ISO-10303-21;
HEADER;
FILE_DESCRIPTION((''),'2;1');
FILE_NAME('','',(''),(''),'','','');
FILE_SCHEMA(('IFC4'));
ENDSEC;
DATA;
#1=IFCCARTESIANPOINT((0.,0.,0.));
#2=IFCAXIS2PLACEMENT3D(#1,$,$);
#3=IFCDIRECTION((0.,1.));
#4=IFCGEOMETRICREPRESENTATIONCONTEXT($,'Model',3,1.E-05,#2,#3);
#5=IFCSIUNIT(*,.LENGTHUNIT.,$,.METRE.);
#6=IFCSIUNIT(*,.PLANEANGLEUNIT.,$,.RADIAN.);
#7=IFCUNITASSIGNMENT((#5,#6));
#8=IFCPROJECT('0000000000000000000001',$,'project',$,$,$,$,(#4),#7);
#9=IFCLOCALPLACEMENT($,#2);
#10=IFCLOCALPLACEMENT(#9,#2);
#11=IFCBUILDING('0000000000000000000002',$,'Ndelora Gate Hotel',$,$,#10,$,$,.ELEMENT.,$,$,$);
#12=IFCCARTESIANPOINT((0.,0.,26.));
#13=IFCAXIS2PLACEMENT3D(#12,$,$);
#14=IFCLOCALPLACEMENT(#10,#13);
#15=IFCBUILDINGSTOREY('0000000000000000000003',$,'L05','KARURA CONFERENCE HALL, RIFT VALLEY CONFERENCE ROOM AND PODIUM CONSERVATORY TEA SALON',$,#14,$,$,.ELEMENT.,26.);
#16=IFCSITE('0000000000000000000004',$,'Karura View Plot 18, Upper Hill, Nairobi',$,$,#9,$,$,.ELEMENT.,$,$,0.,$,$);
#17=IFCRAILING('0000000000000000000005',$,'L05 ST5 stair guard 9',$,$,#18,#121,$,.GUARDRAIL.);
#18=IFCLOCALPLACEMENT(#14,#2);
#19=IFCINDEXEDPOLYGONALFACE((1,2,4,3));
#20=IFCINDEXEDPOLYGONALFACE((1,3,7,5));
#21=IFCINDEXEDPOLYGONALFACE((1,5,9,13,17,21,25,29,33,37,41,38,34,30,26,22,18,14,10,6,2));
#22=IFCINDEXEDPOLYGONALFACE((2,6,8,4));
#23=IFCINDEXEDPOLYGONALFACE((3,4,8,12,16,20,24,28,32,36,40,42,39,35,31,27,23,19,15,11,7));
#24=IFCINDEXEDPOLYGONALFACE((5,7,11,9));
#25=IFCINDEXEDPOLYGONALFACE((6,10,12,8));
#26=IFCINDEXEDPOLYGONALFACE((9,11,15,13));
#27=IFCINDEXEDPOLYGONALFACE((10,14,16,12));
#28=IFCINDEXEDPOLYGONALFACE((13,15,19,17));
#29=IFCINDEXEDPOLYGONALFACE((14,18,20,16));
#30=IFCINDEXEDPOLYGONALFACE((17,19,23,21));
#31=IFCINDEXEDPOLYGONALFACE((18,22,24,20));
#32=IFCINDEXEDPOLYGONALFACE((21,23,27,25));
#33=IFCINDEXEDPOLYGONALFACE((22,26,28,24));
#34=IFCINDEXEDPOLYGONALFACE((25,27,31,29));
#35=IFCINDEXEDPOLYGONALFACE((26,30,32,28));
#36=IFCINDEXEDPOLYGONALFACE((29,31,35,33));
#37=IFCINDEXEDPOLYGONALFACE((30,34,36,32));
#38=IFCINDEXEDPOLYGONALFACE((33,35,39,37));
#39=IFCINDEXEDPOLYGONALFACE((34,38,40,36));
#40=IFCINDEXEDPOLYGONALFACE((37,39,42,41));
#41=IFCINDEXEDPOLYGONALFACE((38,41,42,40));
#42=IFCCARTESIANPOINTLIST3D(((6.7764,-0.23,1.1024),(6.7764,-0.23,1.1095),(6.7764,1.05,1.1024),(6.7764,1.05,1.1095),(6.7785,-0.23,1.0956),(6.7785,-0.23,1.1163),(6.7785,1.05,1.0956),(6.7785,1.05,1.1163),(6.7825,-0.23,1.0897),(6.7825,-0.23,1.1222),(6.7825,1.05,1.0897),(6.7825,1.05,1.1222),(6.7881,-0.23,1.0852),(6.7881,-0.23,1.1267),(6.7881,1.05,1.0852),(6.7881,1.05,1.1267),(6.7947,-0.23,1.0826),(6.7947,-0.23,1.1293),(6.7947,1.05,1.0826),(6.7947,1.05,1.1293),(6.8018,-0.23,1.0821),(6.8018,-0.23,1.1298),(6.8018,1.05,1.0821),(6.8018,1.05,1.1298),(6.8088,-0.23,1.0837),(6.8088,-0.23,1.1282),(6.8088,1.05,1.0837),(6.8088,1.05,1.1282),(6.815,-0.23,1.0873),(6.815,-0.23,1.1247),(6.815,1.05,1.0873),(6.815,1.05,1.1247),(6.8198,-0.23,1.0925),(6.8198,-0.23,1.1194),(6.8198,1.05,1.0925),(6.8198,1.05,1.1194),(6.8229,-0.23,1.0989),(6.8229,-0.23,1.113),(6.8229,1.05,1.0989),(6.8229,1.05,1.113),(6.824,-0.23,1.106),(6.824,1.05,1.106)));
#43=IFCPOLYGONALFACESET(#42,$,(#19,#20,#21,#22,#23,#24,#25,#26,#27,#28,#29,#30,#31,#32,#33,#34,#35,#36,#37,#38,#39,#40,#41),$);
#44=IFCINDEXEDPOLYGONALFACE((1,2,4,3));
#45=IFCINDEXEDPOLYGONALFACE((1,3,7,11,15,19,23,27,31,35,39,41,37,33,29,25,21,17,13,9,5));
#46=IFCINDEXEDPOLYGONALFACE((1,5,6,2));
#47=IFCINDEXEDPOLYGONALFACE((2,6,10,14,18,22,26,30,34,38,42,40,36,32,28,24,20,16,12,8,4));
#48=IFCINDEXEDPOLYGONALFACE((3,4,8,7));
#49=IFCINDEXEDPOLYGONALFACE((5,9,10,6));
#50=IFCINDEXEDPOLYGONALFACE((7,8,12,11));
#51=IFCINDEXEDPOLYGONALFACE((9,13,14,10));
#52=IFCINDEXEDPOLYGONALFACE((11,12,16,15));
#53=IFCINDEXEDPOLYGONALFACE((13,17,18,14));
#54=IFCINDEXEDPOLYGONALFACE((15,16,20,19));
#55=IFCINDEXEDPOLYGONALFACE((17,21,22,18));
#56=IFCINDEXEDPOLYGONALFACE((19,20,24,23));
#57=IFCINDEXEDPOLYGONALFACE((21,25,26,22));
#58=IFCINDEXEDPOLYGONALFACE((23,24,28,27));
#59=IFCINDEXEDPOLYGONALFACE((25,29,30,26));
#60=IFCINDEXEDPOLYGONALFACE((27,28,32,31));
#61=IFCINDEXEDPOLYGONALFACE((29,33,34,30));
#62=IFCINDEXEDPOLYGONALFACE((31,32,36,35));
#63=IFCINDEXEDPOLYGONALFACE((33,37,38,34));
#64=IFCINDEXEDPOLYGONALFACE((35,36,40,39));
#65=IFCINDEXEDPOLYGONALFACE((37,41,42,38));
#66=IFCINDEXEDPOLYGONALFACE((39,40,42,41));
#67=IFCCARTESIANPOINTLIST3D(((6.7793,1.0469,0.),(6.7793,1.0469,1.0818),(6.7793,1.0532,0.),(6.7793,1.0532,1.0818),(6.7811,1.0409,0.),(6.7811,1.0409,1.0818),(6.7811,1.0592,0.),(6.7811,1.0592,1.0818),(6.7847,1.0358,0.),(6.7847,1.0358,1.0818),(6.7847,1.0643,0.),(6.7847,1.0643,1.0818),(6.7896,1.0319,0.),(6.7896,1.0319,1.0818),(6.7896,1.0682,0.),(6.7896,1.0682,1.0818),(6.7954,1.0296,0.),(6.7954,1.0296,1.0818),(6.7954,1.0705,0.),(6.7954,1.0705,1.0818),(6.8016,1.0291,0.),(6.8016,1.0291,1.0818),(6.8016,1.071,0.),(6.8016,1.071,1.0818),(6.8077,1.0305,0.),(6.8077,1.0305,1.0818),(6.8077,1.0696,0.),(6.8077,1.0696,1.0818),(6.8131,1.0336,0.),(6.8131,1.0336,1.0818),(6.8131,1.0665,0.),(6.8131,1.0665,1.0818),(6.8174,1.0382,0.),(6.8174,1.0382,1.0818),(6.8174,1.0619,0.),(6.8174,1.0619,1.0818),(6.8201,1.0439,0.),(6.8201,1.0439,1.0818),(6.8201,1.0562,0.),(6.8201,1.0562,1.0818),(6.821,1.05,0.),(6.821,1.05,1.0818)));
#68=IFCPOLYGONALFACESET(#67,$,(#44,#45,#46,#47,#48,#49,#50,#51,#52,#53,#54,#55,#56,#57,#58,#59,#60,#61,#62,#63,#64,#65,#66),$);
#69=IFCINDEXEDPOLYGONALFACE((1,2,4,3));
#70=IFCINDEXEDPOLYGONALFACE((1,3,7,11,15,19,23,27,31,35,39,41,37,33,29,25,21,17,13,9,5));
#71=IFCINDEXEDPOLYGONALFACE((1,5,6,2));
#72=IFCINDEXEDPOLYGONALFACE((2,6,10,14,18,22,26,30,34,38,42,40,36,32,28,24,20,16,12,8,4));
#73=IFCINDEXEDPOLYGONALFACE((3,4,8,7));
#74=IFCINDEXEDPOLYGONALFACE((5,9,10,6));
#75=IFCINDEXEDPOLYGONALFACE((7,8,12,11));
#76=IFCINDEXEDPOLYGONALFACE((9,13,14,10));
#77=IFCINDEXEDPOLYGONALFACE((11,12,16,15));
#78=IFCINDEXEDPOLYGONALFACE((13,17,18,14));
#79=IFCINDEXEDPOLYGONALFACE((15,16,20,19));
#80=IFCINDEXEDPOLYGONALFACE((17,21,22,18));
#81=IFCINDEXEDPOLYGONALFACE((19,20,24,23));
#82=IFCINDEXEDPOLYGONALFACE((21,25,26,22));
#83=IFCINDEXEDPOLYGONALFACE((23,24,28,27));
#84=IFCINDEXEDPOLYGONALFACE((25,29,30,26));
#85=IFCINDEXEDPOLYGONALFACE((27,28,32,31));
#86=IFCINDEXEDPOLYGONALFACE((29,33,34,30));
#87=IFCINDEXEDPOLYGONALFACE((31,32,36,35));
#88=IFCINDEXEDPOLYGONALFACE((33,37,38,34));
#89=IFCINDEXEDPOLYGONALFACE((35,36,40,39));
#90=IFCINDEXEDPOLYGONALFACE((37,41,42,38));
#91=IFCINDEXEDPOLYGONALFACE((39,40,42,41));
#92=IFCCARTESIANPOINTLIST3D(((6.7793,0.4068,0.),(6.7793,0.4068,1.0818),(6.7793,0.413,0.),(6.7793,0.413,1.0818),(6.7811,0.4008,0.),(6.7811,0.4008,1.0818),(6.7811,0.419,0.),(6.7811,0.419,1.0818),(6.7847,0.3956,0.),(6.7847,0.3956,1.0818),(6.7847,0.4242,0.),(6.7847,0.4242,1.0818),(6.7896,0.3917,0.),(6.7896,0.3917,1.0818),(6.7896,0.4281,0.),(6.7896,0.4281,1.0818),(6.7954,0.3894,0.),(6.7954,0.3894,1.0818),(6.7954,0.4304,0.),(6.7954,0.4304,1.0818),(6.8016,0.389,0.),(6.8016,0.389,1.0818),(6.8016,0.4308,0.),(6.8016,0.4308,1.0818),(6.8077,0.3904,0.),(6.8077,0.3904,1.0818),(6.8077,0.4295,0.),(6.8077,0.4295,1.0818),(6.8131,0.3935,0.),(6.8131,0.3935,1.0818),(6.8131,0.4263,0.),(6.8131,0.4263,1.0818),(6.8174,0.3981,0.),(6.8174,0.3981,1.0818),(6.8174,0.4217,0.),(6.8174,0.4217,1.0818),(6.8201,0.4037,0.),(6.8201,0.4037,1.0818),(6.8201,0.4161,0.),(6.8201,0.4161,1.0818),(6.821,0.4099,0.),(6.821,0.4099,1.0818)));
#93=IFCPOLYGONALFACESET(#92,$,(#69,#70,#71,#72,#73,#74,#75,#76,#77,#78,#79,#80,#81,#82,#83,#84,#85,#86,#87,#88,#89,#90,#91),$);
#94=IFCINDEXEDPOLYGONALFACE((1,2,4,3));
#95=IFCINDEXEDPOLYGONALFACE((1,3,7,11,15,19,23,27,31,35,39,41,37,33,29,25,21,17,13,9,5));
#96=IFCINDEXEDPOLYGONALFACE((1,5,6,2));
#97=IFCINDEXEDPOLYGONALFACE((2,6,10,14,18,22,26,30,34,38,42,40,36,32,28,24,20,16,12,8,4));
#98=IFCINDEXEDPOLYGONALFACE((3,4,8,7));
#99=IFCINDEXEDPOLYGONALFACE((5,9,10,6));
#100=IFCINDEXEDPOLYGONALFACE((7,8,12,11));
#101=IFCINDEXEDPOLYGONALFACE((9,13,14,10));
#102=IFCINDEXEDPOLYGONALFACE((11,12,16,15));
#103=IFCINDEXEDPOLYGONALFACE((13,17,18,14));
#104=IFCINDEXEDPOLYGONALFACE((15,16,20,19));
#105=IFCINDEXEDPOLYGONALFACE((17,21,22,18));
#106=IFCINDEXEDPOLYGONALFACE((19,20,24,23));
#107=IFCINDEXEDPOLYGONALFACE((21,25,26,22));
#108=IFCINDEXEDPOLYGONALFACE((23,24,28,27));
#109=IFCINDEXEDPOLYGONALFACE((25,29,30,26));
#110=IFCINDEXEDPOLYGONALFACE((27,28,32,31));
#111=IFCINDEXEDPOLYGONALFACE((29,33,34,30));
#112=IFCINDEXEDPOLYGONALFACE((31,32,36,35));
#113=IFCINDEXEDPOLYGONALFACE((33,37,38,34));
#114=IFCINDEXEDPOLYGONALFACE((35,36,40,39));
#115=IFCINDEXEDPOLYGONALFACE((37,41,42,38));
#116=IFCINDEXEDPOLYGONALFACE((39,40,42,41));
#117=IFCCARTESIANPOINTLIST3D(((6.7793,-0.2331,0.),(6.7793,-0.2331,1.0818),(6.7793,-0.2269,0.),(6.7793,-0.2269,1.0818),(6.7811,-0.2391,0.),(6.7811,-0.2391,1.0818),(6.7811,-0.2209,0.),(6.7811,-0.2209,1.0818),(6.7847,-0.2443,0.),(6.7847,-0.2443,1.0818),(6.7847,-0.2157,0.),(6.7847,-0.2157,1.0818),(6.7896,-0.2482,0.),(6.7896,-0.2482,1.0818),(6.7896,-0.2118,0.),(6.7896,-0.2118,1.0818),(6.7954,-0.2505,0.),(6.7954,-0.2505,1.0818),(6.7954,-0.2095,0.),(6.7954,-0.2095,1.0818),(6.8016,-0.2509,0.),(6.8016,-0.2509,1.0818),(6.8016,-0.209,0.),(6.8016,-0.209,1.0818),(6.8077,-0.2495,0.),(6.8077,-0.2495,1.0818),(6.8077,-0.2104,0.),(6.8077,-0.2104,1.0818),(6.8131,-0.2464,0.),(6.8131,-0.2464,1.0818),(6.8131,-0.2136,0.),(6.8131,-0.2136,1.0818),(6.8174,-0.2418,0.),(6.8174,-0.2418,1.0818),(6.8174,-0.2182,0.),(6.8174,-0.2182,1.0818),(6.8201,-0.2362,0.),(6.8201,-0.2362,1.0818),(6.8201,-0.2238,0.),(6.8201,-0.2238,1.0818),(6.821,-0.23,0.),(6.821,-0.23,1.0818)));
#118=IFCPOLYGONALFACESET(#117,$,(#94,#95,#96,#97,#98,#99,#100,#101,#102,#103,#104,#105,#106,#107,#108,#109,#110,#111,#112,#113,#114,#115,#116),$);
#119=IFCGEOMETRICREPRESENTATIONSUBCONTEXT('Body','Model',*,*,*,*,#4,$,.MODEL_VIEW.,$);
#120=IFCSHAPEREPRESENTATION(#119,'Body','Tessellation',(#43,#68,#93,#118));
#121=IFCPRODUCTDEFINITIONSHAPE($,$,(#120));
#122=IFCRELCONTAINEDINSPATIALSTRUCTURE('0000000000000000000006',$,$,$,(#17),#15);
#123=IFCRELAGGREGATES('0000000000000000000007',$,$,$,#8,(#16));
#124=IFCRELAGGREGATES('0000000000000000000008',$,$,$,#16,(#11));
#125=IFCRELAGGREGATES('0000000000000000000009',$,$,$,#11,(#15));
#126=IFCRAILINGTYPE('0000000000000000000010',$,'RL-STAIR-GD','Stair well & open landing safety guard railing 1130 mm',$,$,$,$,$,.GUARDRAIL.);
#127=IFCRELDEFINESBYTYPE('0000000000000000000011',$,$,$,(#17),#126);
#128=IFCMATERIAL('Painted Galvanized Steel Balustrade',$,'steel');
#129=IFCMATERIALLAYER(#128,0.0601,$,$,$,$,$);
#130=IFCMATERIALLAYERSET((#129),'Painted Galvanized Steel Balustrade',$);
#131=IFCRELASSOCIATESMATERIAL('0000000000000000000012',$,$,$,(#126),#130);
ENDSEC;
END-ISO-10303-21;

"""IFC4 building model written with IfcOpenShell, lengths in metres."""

from ifc_helpers import new_model, si_unit, direction, frame, origin, origin_2d, place, context, subcontext, project, spatial, circle, extrude, material, layer, layer_set, type_object, element, save


model = new_model("IFC4")

# Units and contexts
model_context = context("Model", 3, precision=1e-05, world=origin(), true_north=direction((0.0, 1.0)))
body_context = subcontext(model_context, "Body", "Model", "MODEL_VIEW")
ifc_project = project(units=[si_unit("LENGTHUNIT", "METRE"), si_unit("PLANEANGLEUNIT", "RADIAN")], contexts=[model_context])

# Site, building, storey
site_placement = place(None, origin())
site = spatial("IfcSite", under=ifc_project, at=site_placement, Name="Karura View Plot 18, Upper Hill, Nairobi", CompositionType="ELEMENT", RefElevation=0.0)
building_placement = place(site_placement, origin())
building = spatial("IfcBuilding", under=site, at=building_placement, Name="Ndelora Gate Hotel", CompositionType="ELEMENT")
storey_placement = place(building_placement, frame((0.0, 0.0, 26.0)))
storey = spatial("IfcBuildingStorey", under=building, at=storey_placement, Name="L05", Description="KARURA CONFERENCE HALL, RIFT VALLEY CONFERENCE ROOM AND PODIUM CONSERVATORY TEA SALON", CompositionType="ELEMENT", Elevation=26.0)

# Railing
ifc_material_1 = material(Name="Painted Galvanized Steel Balustrade", Category="steel")
ifc_layer_1 = layer(ifc_material_1, 0.0601)
ifc_layer_set_1 = layer_set([ifc_layer_1], Name="Painted Galvanized Steel Balustrade")
railing_type_1 = type_object("IfcRailingType", Name="RL-STAIR-GD", Description="Stair well & open landing safety guard railing 1130 mm", PredefinedType="GUARDRAIL", material=ifc_layer_set_1)
for number, where, name in (
    (1, (6.8, 1.05, 0.0), "L05 ST5 stair guard 9"),
):
    element("IfcRailing", number, at=place(storey_placement, frame(where)), inside=storey, type_object=railing_type_1, Name=name, PredefinedType="GUARDRAIL", context=body_context, shape_type="SweptSolid", body=[
        extrude(circle(Radius=0.0239, at=origin_2d()), frame((0.0, 0.0, 1.106), z_axis=(0.0, -1.0, 0.0), x_axis=(1.0, 0.0, 0.0)), (0.0, 0.0, 1.0), 1.28),
        extrude(circle(Radius=0.021, at=origin_2d()), origin(), (0.0, 0.0, 1.0), 1.0818),
        extrude(circle(Radius=0.021, at=origin_2d()), frame((0.0, -0.6401, 0.0)), (0.0, 0.0, 1.0), 1.0818),
        extrude(circle(Radius=0.021, at=origin_2d()), frame((0.0, -1.28, 0.0)), (0.0, 0.0, 1.0), 1.0818),
    ])

save(model, "model.ifc")
